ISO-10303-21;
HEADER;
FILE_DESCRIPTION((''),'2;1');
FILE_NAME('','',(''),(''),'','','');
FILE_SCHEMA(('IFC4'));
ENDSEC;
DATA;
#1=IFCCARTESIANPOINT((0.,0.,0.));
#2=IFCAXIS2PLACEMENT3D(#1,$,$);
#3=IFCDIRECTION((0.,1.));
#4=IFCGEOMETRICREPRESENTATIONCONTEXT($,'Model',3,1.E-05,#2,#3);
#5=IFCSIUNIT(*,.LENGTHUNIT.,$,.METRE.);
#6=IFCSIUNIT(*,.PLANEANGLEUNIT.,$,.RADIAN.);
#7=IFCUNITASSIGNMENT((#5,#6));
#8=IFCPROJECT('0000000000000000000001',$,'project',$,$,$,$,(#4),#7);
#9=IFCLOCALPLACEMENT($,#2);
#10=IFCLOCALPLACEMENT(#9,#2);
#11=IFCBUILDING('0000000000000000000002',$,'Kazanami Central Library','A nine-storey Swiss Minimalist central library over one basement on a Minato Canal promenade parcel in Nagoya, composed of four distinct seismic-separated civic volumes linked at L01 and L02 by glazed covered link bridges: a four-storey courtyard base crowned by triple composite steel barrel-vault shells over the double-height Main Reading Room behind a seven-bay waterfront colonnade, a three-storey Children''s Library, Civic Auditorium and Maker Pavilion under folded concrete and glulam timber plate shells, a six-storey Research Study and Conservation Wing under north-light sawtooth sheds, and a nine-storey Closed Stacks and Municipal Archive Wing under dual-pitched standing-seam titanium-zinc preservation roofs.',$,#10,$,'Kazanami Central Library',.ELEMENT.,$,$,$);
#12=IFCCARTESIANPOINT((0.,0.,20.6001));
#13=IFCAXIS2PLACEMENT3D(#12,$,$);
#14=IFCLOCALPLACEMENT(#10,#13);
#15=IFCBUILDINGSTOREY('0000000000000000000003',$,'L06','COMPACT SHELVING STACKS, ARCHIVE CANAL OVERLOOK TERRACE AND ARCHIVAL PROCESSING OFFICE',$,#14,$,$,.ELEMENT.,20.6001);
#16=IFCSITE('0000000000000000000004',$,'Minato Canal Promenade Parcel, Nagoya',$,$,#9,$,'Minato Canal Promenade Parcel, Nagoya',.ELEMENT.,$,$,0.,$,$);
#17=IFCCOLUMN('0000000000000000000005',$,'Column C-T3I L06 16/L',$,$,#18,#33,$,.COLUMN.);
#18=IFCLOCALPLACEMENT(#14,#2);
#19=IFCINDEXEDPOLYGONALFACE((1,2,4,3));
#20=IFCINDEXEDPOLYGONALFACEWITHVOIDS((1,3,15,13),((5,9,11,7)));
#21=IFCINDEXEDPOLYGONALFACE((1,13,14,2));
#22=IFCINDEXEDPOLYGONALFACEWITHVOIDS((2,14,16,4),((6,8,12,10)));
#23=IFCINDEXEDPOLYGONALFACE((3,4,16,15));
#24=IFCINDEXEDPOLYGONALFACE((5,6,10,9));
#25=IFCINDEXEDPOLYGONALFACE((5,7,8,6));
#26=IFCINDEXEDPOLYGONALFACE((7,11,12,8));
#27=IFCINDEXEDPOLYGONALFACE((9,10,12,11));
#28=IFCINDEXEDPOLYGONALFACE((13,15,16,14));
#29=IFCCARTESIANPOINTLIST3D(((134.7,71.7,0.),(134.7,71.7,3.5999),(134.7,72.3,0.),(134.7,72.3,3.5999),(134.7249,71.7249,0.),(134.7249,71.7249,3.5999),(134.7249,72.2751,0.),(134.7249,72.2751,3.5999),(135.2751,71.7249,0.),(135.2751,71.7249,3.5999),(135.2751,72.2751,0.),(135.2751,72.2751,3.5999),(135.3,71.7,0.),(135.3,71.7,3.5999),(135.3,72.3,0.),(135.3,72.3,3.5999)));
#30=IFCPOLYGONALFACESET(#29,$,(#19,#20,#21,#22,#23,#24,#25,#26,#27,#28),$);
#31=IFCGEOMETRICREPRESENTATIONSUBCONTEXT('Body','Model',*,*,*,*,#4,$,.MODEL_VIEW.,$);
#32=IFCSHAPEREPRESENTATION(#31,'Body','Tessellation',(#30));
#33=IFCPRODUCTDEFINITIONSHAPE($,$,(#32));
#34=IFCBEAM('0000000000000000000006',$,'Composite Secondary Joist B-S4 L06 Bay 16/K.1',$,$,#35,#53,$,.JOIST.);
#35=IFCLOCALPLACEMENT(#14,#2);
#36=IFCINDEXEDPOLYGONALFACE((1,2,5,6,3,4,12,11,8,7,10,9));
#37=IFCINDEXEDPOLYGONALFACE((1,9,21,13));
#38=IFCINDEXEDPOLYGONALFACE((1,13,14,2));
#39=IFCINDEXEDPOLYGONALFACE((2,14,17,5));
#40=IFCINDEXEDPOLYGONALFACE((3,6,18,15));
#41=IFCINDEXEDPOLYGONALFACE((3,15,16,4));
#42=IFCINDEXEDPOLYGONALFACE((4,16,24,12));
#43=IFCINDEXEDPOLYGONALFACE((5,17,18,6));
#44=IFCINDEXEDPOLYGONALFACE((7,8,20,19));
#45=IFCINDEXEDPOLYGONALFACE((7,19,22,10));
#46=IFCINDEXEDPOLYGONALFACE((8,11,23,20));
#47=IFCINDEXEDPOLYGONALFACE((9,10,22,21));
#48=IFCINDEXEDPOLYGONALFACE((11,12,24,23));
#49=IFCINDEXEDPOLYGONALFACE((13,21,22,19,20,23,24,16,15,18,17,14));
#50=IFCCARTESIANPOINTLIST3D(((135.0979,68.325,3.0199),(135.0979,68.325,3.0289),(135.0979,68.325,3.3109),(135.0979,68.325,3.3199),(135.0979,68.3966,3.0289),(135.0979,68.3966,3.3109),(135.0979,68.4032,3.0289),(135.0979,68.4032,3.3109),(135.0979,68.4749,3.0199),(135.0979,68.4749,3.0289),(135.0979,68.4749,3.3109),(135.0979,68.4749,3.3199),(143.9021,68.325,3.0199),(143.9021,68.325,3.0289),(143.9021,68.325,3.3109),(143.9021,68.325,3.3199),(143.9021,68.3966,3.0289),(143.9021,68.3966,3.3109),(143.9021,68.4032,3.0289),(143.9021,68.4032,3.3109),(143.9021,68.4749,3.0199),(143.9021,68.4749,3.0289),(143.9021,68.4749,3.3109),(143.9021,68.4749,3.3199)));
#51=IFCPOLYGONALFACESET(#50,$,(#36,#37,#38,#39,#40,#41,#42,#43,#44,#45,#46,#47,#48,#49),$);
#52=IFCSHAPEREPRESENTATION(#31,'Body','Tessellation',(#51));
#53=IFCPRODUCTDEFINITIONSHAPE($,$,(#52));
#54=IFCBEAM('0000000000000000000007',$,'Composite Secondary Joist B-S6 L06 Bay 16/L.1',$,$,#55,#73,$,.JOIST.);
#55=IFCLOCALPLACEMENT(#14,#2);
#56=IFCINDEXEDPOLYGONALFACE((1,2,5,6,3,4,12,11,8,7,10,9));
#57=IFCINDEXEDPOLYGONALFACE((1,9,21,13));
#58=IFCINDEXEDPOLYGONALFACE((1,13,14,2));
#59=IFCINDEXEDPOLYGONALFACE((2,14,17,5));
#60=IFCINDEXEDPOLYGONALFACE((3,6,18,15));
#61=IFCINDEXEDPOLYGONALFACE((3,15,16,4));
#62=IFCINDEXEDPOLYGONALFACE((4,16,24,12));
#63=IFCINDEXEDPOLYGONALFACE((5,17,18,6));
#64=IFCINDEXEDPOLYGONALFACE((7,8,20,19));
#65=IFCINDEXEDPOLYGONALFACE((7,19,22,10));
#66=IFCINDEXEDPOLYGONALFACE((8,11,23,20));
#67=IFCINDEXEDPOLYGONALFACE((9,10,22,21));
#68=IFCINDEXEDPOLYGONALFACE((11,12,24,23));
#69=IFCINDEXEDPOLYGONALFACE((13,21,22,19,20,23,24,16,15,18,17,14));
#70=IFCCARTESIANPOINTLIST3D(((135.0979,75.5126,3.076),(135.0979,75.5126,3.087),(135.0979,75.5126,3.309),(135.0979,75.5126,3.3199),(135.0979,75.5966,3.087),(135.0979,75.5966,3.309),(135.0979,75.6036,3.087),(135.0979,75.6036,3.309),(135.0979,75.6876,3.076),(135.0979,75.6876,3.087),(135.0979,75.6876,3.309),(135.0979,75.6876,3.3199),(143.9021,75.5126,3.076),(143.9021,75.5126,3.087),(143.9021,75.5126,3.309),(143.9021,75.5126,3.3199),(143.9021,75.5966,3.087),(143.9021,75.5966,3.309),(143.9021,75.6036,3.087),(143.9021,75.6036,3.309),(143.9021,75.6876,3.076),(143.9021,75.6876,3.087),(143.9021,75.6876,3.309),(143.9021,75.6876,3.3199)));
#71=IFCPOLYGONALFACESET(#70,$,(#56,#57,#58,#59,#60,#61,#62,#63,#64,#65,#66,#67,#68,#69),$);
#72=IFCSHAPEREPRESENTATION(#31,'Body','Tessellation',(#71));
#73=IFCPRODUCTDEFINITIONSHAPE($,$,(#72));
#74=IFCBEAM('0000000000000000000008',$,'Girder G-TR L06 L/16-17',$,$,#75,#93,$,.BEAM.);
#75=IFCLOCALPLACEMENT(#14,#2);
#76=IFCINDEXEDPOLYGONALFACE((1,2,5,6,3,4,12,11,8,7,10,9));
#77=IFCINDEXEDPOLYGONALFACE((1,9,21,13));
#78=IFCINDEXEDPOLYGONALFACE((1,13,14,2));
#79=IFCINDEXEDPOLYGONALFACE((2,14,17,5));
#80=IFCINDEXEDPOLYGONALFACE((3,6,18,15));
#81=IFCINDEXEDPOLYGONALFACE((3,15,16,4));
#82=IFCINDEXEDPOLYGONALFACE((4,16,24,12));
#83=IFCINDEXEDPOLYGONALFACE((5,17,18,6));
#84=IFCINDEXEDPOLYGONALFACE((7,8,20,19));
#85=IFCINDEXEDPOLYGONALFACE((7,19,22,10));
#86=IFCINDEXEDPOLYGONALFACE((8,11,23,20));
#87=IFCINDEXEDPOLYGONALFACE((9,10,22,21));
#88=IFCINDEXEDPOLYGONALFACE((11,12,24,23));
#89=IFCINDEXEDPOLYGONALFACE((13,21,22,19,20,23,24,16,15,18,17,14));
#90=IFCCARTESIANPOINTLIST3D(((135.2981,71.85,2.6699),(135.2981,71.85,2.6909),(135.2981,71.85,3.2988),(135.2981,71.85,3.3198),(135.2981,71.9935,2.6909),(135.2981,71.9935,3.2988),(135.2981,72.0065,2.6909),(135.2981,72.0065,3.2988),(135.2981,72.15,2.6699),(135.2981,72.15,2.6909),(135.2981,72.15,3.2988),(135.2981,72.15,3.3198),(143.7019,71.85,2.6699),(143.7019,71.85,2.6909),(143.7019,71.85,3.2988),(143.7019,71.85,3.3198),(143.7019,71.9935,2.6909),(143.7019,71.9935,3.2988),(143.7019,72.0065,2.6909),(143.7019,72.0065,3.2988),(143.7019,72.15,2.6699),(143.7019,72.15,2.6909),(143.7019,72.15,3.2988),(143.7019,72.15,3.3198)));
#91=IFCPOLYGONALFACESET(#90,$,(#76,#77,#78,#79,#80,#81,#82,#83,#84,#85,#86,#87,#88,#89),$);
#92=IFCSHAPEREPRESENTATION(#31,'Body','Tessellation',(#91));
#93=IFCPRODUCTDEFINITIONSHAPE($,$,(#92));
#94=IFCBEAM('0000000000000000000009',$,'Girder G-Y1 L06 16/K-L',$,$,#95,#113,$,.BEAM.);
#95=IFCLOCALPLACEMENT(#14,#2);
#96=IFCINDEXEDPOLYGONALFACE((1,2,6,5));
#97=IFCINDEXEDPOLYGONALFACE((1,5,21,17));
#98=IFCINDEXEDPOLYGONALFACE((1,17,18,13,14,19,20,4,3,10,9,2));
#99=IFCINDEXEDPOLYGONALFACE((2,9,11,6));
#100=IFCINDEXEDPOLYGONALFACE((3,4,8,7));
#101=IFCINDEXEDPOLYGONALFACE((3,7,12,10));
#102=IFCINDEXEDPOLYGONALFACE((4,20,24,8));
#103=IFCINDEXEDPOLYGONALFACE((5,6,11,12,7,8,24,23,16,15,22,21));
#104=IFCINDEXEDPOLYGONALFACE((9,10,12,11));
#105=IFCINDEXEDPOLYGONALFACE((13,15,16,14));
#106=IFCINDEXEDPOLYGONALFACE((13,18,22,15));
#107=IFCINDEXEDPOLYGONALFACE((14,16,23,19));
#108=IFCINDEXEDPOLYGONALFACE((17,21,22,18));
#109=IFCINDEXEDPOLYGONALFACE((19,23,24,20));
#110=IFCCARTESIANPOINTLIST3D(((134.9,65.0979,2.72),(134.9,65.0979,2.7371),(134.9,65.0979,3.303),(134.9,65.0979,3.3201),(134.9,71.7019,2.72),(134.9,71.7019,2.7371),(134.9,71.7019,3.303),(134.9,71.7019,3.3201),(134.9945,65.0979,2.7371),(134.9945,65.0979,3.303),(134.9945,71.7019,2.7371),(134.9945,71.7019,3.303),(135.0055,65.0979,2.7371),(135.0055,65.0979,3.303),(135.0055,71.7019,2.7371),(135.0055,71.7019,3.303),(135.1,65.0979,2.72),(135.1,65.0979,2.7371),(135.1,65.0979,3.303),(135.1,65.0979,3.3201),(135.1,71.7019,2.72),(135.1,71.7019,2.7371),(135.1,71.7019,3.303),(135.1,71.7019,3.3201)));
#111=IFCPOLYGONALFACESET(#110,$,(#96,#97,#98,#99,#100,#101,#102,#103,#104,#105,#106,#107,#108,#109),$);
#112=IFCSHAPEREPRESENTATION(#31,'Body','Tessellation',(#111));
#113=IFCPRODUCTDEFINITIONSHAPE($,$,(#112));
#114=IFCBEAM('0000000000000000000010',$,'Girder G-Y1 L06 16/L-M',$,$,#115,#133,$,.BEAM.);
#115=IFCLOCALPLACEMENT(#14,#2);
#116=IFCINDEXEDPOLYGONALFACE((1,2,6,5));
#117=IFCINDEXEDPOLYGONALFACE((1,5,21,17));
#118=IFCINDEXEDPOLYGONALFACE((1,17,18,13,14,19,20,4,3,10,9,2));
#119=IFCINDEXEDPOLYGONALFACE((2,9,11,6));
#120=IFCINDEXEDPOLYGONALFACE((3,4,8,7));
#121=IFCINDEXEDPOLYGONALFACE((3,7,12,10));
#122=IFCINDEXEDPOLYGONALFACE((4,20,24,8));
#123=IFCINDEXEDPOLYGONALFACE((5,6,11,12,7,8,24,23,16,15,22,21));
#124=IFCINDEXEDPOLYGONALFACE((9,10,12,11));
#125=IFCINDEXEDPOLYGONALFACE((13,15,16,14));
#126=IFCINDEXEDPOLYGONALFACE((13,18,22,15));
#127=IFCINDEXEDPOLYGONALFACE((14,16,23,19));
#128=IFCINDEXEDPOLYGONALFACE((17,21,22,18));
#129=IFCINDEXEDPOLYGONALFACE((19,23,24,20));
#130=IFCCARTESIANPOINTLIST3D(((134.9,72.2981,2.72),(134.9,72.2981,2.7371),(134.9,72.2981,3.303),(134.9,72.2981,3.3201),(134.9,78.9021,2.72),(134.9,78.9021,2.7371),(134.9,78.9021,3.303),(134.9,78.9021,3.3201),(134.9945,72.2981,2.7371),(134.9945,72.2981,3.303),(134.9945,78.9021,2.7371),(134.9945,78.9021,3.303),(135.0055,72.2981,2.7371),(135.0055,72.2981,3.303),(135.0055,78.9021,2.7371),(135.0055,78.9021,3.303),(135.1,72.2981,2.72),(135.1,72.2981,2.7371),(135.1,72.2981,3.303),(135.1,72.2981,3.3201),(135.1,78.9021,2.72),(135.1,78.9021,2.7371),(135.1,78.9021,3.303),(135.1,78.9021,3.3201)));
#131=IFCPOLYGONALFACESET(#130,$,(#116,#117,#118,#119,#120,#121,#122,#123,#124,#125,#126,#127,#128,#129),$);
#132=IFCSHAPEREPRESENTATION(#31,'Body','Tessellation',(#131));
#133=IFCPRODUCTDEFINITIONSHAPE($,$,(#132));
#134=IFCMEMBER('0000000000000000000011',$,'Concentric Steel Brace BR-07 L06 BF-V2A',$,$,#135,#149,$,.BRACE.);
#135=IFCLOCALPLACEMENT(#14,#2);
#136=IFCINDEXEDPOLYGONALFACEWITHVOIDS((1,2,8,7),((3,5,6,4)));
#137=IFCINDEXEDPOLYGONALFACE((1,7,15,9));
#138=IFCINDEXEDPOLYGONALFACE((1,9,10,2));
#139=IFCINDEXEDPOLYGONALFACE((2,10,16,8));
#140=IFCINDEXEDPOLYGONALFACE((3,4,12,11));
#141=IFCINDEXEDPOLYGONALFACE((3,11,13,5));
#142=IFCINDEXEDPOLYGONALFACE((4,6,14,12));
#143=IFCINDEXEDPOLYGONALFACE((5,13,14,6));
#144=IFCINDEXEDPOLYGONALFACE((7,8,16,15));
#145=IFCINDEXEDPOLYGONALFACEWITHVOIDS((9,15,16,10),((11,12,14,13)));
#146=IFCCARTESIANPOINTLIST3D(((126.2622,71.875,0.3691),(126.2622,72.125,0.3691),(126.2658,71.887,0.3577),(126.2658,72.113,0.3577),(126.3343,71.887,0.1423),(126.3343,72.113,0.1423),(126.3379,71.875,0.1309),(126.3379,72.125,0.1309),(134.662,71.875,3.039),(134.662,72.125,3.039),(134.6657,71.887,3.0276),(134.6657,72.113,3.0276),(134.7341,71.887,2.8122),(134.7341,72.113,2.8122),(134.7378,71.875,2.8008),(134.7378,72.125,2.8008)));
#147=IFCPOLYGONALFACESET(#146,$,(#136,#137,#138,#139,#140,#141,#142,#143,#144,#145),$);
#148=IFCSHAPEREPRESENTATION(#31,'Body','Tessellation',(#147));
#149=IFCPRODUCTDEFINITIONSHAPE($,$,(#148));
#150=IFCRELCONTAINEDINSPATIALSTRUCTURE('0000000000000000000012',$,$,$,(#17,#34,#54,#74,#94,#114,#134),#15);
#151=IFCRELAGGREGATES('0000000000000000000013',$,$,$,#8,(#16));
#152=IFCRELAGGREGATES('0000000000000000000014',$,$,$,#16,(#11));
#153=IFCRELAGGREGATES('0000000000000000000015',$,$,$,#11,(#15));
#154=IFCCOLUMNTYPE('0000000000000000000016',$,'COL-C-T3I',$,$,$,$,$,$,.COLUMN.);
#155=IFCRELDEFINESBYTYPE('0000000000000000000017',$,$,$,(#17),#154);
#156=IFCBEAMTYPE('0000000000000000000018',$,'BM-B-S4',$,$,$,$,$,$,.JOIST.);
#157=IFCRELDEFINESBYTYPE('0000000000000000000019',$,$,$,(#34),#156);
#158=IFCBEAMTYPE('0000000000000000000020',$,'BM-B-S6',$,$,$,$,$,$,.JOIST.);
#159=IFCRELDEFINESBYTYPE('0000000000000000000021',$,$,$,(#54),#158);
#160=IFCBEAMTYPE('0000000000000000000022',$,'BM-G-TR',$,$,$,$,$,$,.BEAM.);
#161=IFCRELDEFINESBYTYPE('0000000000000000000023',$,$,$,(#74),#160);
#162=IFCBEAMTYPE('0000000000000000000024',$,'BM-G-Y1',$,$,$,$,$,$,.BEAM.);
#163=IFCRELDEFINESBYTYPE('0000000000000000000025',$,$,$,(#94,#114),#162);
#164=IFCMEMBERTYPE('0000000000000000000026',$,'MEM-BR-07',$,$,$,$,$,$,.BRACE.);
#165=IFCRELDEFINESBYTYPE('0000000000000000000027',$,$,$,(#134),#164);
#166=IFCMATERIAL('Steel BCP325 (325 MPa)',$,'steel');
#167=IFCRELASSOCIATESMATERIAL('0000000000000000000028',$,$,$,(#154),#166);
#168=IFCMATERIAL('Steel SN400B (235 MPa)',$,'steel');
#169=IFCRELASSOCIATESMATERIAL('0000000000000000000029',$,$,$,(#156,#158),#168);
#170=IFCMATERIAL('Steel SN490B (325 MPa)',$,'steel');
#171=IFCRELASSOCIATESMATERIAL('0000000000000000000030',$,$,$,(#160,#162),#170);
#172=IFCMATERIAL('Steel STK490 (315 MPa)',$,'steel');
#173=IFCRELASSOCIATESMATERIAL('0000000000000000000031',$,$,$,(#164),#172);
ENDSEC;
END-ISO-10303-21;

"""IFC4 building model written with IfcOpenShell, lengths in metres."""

from ifc_helpers import new_model, si_unit, direction, frame, origin, origin_2d, place, context, subcontext, project, spatial, hollow_rectangle, i_section, extrude, material, material_profile, profile_set, type_object, element, save


model = new_model("IFC4")

# Units and contexts
model_context = context("Model", 3, precision=1e-05, world=origin(), true_north=direction((0.0, 1.0)))
body_context = subcontext(model_context, "Body", "Model", "MODEL_VIEW")
ifc_project = project(units=[si_unit("LENGTHUNIT", "METRE"), si_unit("PLANEANGLEUNIT", "RADIAN")], contexts=[model_context])

# Site, building, storey
site_placement = place(None, origin())
site = spatial("IfcSite", under=ifc_project, at=site_placement, Name="Minato Canal Promenade Parcel, Nagoya", LongName="Minato Canal Promenade Parcel, Nagoya", CompositionType="ELEMENT", RefElevation=0.0)
building_placement = place(site_placement, origin())
building = spatial("IfcBuilding", under=site, at=building_placement, Name="Kazanami Central Library", Description="A nine-storey Swiss Minimalist central library over one basement on a Minato Canal promenade parcel in Nagoya, composed of four distinct seismic-separated civic volumes linked at L01 and L02 by glazed covered link bridges: a four-storey courtyard base crowned by triple composite steel barrel-vault shells over the double-height Main Reading Room behind a seven-bay waterfront colonnade, a three-storey Children's Library, Civic Auditorium and Maker Pavilion under folded concrete and glulam timber plate shells, a six-storey Research Study and Conservation Wing under north-light sawtooth sheds, and a nine-storey Closed Stacks and Municipal Archive Wing under dual-pitched standing-seam titanium-zinc preservation roofs.", LongName="Kazanami Central Library", CompositionType="ELEMENT")
storey_placement = place(building_placement, frame((0.0, 0.0, 20.6001)))
storey = spatial("IfcBuildingStorey", under=building, at=storey_placement, Name="L06", Description="COMPACT SHELVING STACKS, ARCHIVE CANAL OVERLOOK TERRACE AND ARCHIVAL PROCESSING OFFICE", CompositionType="ELEMENT", Elevation=20.6001)

# Column
ifc_material_1 = material(Name="Steel BCP325 (325 MPa)", Category="steel")
ifc_material_profile_1 = material_profile(ifc_material_1, hollow_rectangle(XDim=0.6001, YDim=0.6001, WallThickness=0.0249, at=origin_2d()), Name="BCP-600x600x25")
ifc_profile_set_1 = profile_set([ifc_material_profile_1], Name="Steel BCP325 (325 MPa)")
column_type = type_object("IfcColumnType", Name="COL-C-T3I", PredefinedType="COLUMN", material=ifc_profile_set_1)
column_placement = place(storey_placement, frame((135.0, 72.0, 0.0), z_axis=(0.0, 0.0, 1.0), x_axis=(1.0, 0.0, 0.0)))
element("IfcColumn", 1, at=column_placement, inside=storey, type_object=column_type, Name="Column C-T3I L06 16/L", PredefinedType="COLUMN", context=body_context, shape_type="SweptSolid", body=[
    extrude(hollow_rectangle(XDim=0.6001, YDim=0.6001, WallThickness=0.0249, at=origin_2d()), origin(), (0.0, 0.0, 1.0), 3.5999),
])

# Beams
ifc_material_2 = material(Name="Steel SN400B (235 MPa)", Category="steel")
ifc_material_profile_2 = material_profile(ifc_material_2, i_section(OverallWidth=0.1499, OverallDepth=0.3, WebThickness=0.0066, FlangeThickness=0.009, at=origin_2d()), Name="H-300x150x6.5x9")
ifc_profile_set_2 = profile_set([ifc_material_profile_2], Name="Steel SN400B (235 MPa)")
beam_type_1 = type_object("IfcBeamType", Name="BM-B-S4", PredefinedType="JOIST", material=ifc_profile_set_2)
beam_1_placement = place(storey_placement, frame((135.0979, 68.3999, 3.1699), z_axis=(1.0, 0.0, 0.0), x_axis=(0.0, 1.0, 0.0)))
element("IfcBeam", 2, at=beam_1_placement, inside=storey, type_object=beam_type_1, Name="Composite Secondary Joist B-S4 L06 Bay 16/K.1", PredefinedType="JOIST", context=body_context, shape_type="SweptSolid", body=[
    extrude(i_section(OverallWidth=0.1499, OverallDepth=0.3, WebThickness=0.0066, FlangeThickness=0.009, at=origin_2d()), origin(), (0.0, 0.0, 1.0), 8.8042),
])
ifc_material_profile_3 = material_profile(ifc_material_2, i_section(OverallWidth=0.175, OverallDepth=0.2439, WebThickness=0.0071, FlangeThickness=0.011, at=origin_2d()), Name="H-244x175x7x11")
ifc_profile_set_3 = profile_set([ifc_material_profile_3], Name="Steel SN400B (235 MPa)")
beam_type_2 = type_object("IfcBeamType", Name="BM-B-S6", PredefinedType="JOIST", material=ifc_profile_set_3)
beam_2_placement = place(storey_placement, frame((135.0979, 75.6001, 3.198), z_axis=(1.0, 0.0, 0.0), x_axis=(0.0, 1.0, 0.0)))
element("IfcBeam", 3, at=beam_2_placement, inside=storey, type_object=beam_type_2, Name="Composite Secondary Joist B-S6 L06 Bay 16/L.1", PredefinedType="JOIST", context=body_context, shape_type="SweptSolid", body=[
    extrude(i_section(OverallWidth=0.175, OverallDepth=0.2439, WebThickness=0.0071, FlangeThickness=0.011, at=origin_2d()), origin(), (0.0, 0.0, 1.0), 8.8042),
])
ifc_material_3 = material(Name="Steel SN490B (325 MPa)", Category="steel")
ifc_material_profile_4 = material_profile(ifc_material_3, i_section(OverallWidth=0.3, OverallDepth=0.6499, WebThickness=0.0129, FlangeThickness=0.021, at=origin_2d()), Name="H-650x300x13x21")
ifc_profile_set_4 = profile_set([ifc_material_profile_4], Name="Steel SN490B (325 MPa)")
beam_type_3 = type_object("IfcBeamType", Name="BM-G-TR", PredefinedType="BEAM", material=ifc_profile_set_4)
beam_3_placement = place(storey_placement, frame((135.2981, 72.0, 2.9949), z_axis=(1.0, 0.0, 0.0), x_axis=(0.0, 1.0, 0.0)))
element("IfcBeam", 4, at=beam_3_placement, inside=storey, type_object=beam_type_3, Name="Girder G-TR L06 L/16-17", PredefinedType="BEAM", context=body_context, shape_type="SweptSolid", body=[
    extrude(i_section(OverallWidth=0.3, OverallDepth=0.6499, WebThickness=0.0129, FlangeThickness=0.021, at=origin_2d()), origin(), (0.0, 0.0, 1.0), 8.4038),
])
ifc_material_profile_5 = material_profile(ifc_material_3, i_section(OverallWidth=0.2, OverallDepth=0.6001, WebThickness=0.011, FlangeThickness=0.0171, at=origin_2d()), Name="H-600x200x11x17")
ifc_profile_set_5 = profile_set([ifc_material_profile_5], Name="Steel SN490B (325 MPa)")
beam_type_4 = type_object("IfcBeamType", Name="BM-G-Y1", PredefinedType="BEAM", material=ifc_profile_set_5)
for number, where, z_axis, x_axis, name in (
    (5, (135.0, 65.0979, 3.02), (0.0, 1.0, 0.0), (-1.0, 0.0, 0.0), "Girder G-Y1 L06 16/K-L"),
    (6, (135.0, 72.2981, 3.02), (0.0, 1.0, 0.0), (-1.0, 0.0, 0.0), "Girder G-Y1 L06 16/L-M"),
):
    element("IfcBeam", number, at=place(storey_placement, frame(where, z_axis=z_axis, x_axis=x_axis)), inside=storey, type_object=beam_type_4, Name=name, PredefinedType="BEAM", context=body_context, shape_type="SweptSolid", body=[
        extrude(i_section(OverallWidth=0.2, OverallDepth=0.6001, WebThickness=0.011, FlangeThickness=0.0171, at=origin_2d()), origin(), (0.0, 0.0, 1.0), 6.604),
    ])

# Member
ifc_material_4 = material(Name="Steel STK490 (315 MPa)", Category="steel")
ifc_material_profile_6 = material_profile(ifc_material_4, hollow_rectangle(XDim=0.25, YDim=0.25, WallThickness=0.012, at=origin_2d()), Name="STKR-250x250x12")
ifc_profile_set_6 = profile_set([ifc_material_profile_6], Name="Steel STK490 (315 MPa)")
member_type = type_object("IfcMemberType", Name="MEM-BR-07", PredefinedType="BRACE", material=ifc_profile_set_6)
member_placement = place(storey_placement, frame((126.3, 72.0, 0.25), z_axis=(0.953017, 0.0, 0.302918), x_axis=(0.0, 1.0, 0.0)))
element("IfcMember", 7, at=member_placement, inside=storey, type_object=member_type, Name="Concentric Steel Brace BR-07 L06 BF-V2A", PredefinedType="BRACE", context=body_context, shape_type="SweptSolid", body=[
    extrude(hollow_rectangle(XDim=0.25, YDim=0.25, WallThickness=0.012, at=origin_2d()), origin(), (0.0, 0.0, 1.0), 8.814),
])

save(model, "model.ifc")
